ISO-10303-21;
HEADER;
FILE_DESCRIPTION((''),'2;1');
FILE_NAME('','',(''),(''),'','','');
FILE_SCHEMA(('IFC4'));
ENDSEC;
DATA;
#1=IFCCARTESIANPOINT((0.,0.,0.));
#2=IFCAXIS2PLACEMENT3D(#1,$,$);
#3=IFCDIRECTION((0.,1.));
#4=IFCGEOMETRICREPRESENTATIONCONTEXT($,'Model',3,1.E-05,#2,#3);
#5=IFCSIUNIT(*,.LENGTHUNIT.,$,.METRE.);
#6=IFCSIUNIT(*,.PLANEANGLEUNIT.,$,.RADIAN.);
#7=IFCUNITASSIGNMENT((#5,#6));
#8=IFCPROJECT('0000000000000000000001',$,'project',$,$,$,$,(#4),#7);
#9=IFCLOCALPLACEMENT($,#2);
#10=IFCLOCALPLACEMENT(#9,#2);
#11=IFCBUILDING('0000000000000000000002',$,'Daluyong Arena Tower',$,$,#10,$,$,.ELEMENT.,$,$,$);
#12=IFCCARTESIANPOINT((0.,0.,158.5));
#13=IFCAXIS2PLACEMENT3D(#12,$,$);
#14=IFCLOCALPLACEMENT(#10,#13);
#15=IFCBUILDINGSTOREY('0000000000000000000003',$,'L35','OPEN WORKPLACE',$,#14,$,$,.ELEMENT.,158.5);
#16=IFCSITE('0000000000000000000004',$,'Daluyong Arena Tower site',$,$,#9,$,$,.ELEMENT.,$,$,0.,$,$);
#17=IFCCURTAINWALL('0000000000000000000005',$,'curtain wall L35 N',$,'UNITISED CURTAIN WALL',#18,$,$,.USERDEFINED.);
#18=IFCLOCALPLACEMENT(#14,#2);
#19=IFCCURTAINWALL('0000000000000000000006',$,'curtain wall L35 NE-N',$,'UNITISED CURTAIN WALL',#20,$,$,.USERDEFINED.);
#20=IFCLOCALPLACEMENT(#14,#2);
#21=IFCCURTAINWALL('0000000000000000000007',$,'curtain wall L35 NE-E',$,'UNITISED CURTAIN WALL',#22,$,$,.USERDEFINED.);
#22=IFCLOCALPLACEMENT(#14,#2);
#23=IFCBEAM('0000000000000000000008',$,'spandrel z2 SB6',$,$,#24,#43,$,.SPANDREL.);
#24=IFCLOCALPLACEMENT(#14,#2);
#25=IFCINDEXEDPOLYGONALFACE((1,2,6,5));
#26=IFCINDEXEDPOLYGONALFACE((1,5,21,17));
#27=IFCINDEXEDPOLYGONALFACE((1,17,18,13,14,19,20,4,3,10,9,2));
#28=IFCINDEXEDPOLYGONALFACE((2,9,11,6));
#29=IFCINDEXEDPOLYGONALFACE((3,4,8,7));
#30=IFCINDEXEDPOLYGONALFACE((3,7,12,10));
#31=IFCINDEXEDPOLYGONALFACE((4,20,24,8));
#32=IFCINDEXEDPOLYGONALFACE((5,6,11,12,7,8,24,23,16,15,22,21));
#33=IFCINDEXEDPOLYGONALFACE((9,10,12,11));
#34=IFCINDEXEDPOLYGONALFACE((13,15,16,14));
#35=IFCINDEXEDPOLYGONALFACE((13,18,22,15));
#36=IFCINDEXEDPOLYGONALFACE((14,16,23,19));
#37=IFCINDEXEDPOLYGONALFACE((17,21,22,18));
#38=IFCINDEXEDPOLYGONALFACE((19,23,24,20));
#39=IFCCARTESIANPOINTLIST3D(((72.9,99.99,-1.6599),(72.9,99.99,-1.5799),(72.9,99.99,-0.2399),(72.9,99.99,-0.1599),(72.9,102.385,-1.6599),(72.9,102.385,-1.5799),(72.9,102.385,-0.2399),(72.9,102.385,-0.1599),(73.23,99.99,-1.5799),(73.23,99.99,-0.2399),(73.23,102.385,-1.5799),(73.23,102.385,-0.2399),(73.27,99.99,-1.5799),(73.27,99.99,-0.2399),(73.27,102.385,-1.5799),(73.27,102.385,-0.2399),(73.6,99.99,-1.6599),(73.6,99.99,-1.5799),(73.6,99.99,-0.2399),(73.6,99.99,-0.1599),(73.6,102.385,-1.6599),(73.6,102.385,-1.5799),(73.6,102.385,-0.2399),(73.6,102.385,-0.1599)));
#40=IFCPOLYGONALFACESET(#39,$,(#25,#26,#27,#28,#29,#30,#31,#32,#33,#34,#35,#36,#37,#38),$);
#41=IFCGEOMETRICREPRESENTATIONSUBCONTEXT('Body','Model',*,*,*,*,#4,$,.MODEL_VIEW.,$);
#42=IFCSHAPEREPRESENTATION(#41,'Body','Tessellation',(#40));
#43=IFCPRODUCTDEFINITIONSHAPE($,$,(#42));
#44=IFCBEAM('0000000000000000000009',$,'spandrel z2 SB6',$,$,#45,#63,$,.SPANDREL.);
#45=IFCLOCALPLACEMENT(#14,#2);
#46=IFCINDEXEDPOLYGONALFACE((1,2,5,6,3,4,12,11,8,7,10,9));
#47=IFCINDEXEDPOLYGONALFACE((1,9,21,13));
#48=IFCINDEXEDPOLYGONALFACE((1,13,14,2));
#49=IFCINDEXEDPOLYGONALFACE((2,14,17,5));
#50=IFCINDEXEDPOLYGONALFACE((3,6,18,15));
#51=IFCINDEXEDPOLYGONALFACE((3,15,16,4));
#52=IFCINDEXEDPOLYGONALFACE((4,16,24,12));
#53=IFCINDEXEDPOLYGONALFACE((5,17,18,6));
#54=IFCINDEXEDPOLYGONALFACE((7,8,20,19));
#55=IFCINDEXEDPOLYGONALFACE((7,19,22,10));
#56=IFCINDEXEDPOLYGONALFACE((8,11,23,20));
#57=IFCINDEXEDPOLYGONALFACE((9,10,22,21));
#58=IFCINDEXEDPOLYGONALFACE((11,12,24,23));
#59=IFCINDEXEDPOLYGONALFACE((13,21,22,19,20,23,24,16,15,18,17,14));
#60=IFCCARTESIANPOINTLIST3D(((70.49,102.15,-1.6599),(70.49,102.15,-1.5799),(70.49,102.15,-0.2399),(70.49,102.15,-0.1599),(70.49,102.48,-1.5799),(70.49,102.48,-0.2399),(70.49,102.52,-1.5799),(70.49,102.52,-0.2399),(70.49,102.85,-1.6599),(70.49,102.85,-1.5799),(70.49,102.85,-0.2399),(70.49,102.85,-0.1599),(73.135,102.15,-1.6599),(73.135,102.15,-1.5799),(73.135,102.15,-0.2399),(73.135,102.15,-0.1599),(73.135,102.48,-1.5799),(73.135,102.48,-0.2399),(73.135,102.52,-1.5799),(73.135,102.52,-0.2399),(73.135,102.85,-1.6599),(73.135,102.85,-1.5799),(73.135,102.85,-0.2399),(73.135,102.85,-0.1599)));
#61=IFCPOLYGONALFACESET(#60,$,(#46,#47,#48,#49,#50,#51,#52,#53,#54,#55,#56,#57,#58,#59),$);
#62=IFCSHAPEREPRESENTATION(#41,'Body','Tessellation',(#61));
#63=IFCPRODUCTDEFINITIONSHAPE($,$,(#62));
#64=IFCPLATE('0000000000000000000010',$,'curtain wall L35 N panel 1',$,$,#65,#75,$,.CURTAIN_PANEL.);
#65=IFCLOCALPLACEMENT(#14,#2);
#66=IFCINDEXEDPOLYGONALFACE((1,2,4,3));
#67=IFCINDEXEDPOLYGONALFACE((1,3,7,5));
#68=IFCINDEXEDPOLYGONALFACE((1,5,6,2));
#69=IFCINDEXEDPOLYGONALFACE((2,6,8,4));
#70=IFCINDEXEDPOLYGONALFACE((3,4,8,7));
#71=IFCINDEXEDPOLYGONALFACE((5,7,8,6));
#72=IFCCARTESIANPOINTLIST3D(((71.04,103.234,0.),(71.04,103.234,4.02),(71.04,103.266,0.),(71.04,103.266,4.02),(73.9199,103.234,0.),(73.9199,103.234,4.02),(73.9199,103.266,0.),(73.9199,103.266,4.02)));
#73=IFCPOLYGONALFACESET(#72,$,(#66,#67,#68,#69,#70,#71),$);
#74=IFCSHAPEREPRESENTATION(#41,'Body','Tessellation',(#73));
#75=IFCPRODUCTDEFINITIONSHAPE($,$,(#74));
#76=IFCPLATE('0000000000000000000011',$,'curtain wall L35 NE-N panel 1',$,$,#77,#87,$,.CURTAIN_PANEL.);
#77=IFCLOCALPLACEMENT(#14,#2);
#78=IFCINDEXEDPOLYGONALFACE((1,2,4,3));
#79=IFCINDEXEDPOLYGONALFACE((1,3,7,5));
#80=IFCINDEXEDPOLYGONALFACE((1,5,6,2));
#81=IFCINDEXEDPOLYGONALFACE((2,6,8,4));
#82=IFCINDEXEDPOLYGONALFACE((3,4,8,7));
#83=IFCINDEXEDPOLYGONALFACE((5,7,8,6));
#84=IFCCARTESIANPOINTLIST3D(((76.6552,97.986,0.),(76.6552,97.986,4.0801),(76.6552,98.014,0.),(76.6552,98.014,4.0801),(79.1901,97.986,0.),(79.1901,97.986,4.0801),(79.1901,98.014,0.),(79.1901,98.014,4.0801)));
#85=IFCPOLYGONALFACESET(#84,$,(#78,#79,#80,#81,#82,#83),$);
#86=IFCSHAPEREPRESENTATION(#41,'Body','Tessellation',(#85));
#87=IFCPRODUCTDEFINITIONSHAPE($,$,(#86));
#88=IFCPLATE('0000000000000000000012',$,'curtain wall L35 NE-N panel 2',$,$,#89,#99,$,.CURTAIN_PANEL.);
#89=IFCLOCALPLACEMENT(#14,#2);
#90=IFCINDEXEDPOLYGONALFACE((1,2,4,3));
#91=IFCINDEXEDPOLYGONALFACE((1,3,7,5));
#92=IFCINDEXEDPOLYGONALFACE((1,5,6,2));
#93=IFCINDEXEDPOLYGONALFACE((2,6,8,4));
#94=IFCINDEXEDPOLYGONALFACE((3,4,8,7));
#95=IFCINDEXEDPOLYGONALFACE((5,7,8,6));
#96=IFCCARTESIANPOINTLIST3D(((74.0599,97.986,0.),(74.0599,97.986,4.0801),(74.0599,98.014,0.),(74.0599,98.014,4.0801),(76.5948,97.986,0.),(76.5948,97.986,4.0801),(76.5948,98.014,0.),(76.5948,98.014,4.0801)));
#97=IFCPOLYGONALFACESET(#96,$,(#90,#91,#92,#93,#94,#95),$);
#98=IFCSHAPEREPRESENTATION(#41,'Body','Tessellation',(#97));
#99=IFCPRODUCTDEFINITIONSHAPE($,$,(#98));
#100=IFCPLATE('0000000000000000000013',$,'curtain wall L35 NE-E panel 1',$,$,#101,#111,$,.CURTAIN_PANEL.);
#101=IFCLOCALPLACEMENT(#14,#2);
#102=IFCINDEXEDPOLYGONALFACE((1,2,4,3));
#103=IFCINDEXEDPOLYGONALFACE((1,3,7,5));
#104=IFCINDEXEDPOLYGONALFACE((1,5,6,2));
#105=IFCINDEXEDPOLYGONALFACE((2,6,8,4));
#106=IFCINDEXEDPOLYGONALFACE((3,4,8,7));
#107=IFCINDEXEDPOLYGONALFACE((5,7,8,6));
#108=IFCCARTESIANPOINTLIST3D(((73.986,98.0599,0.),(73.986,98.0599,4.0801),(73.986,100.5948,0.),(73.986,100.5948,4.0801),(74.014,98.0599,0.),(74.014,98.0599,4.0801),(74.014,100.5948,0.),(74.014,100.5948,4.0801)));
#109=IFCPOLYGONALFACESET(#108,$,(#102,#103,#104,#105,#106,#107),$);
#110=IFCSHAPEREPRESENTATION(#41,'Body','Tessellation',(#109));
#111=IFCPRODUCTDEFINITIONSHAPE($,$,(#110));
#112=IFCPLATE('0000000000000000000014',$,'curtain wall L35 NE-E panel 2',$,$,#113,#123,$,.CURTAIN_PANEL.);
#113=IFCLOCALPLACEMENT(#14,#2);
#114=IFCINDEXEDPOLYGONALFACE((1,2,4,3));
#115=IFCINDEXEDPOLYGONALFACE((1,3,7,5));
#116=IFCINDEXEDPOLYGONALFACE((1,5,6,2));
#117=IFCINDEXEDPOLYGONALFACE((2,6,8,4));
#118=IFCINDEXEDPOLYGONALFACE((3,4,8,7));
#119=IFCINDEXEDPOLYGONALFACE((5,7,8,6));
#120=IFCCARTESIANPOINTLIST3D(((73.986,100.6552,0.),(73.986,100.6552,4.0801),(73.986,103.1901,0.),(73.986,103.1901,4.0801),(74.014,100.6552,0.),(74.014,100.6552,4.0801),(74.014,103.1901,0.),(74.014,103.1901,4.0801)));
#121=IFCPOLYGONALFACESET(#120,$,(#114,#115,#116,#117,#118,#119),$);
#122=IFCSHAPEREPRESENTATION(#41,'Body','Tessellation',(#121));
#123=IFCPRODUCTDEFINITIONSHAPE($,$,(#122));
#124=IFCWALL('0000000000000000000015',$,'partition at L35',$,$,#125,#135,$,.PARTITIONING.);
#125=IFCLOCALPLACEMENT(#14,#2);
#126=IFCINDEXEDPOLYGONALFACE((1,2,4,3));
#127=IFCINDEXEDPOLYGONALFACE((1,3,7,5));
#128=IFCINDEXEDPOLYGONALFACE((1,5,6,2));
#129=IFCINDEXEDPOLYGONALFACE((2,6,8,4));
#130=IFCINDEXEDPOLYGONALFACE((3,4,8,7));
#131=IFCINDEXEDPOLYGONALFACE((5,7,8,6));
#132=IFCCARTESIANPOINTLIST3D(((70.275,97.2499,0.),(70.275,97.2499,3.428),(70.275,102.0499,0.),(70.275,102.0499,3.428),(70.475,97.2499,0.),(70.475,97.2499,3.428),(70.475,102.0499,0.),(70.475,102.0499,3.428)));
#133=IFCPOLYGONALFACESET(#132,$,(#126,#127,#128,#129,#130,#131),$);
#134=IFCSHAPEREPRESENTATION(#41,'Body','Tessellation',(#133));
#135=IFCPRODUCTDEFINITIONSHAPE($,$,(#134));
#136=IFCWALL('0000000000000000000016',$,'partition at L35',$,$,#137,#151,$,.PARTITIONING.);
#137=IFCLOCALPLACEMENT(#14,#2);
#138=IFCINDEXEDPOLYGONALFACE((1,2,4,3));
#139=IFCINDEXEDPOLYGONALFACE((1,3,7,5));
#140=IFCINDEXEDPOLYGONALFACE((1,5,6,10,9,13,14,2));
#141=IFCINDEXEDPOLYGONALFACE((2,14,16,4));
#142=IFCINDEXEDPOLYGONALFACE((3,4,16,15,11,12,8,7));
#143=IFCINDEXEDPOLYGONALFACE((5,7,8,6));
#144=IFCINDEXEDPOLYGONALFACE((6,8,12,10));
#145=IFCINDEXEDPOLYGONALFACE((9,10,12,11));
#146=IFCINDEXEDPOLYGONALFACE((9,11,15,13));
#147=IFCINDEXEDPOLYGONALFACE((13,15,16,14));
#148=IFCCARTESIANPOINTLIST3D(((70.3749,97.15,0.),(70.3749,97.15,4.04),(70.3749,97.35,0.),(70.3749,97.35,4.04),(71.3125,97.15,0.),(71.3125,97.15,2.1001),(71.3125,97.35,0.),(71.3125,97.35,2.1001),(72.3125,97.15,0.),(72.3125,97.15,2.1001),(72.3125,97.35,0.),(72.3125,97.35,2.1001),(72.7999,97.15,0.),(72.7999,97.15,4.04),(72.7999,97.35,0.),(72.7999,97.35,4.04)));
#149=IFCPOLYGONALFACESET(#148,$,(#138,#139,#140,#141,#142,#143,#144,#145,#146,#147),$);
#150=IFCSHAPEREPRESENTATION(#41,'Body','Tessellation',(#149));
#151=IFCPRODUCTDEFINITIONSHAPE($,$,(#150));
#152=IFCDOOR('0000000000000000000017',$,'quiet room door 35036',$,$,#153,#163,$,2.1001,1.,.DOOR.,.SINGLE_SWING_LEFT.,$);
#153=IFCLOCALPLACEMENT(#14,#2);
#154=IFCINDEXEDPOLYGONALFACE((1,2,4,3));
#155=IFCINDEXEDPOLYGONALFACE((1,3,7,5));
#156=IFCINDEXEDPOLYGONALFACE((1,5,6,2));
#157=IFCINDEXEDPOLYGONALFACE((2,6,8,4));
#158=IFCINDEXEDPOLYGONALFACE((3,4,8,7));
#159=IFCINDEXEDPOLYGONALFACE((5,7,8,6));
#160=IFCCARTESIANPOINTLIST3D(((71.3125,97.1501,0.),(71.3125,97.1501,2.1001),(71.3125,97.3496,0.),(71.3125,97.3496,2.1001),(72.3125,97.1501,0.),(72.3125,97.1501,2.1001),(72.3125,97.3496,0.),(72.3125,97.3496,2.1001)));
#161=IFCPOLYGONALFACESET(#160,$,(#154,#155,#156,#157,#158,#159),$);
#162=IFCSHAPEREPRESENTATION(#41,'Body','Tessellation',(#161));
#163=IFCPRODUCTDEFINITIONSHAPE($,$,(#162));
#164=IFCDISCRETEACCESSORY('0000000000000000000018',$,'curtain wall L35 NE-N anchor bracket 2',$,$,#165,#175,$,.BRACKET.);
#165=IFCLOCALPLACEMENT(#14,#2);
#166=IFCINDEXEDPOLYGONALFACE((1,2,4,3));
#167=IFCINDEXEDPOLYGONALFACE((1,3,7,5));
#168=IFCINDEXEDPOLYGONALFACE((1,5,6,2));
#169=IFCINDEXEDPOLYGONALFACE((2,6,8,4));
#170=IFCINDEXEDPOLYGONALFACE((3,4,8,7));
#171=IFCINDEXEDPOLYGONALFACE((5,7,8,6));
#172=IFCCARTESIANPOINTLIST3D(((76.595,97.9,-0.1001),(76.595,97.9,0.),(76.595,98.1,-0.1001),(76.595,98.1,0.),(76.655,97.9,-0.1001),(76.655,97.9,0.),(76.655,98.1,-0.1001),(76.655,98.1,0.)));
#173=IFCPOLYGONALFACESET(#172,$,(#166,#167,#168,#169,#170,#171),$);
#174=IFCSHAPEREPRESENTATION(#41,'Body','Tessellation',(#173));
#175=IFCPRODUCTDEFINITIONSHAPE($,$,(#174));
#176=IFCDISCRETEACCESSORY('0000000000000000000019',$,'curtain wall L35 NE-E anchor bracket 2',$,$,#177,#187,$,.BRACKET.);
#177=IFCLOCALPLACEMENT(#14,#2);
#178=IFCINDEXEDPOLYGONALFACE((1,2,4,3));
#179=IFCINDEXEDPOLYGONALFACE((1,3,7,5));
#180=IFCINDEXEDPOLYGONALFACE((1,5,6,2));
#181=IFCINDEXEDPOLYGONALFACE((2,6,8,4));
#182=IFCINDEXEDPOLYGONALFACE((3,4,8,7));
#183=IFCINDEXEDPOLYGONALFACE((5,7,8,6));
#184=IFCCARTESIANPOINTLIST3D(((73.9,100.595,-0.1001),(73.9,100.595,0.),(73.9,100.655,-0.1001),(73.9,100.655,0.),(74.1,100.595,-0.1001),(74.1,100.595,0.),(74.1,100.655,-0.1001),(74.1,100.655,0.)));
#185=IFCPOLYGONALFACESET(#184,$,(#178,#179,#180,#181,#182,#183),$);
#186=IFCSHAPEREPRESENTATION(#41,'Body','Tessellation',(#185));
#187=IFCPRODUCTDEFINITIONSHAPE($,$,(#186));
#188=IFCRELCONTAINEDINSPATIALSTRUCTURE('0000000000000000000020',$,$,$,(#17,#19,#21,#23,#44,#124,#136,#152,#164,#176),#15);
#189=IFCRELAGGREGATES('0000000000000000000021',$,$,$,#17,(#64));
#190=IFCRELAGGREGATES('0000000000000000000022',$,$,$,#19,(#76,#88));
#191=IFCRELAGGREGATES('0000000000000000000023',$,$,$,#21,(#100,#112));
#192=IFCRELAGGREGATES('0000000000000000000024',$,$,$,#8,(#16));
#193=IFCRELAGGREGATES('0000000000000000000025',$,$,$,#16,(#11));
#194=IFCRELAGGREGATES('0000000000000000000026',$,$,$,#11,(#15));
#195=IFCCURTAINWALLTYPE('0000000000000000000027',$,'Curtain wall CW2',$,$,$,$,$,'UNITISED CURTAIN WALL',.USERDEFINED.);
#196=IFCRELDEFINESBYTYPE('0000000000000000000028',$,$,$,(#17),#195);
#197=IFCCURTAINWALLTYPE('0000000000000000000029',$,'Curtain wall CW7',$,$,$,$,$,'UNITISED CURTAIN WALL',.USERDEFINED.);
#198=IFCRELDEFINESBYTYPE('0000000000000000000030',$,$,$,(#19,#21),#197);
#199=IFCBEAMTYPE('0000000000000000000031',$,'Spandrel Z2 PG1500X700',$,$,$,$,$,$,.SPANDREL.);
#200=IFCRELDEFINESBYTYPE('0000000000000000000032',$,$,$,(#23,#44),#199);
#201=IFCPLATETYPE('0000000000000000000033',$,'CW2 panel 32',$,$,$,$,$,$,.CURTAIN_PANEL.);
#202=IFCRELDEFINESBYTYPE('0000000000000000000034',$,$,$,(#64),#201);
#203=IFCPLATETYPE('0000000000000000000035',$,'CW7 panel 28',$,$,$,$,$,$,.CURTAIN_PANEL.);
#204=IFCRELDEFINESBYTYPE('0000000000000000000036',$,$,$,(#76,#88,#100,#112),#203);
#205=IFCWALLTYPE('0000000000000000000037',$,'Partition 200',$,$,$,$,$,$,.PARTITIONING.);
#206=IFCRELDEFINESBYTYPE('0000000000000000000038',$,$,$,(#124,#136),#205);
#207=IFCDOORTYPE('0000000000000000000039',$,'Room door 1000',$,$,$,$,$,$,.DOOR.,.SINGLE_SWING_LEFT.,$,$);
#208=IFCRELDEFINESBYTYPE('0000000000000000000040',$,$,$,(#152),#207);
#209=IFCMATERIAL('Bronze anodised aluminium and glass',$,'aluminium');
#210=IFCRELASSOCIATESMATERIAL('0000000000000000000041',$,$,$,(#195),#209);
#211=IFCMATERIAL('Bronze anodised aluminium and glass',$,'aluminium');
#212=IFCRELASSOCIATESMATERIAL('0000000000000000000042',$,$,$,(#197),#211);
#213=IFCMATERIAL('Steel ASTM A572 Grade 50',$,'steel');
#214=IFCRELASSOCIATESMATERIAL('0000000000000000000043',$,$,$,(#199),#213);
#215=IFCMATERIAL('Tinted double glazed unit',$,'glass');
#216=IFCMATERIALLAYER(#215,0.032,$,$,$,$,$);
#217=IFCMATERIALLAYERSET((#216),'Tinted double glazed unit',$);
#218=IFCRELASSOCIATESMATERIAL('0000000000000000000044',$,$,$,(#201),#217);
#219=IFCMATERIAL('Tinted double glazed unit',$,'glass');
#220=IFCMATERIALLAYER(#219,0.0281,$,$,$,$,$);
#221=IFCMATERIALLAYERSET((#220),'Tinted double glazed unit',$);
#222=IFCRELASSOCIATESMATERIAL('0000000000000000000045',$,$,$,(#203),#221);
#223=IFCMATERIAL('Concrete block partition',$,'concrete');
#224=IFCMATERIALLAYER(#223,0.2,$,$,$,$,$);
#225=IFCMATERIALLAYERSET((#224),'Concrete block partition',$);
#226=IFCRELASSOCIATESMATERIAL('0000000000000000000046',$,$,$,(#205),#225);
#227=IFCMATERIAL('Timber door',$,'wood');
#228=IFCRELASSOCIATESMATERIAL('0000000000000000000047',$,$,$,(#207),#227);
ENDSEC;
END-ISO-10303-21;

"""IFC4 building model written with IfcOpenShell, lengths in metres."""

from ifc_helpers import new_model, si_unit, direction, frame, frame_2d, origin, origin_2d, place, context, subcontext, project, spatial, rectangle, i_section, extrude, material, layer, layer_set, material_profile, profile_set, type_object, element, fill, aggregate, save


model = new_model("IFC4")

# Units and contexts
model_context = context("Model", 3, precision=1e-05, world=origin(), true_north=direction((0.0, 1.0)))
body_context = subcontext(model_context, "Body", "Model", "MODEL_VIEW")
ifc_project = project(units=[si_unit("LENGTHUNIT", "METRE"), si_unit("PLANEANGLEUNIT", "RADIAN")], contexts=[model_context])

# Site, building, storey
site_placement = place(None, origin())
site = spatial("IfcSite", under=ifc_project, at=site_placement, Name="Daluyong Arena Tower site", CompositionType="ELEMENT", RefElevation=0.0)
building_placement = place(site_placement, origin())
building = spatial("IfcBuilding", under=site, at=building_placement, Name="Daluyong Arena Tower", CompositionType="ELEMENT")
storey_placement = place(building_placement, frame((0.0, 0.0, 158.5)))
storey = spatial("IfcBuildingStorey", under=building, at=storey_placement, Name="L35", Description="OPEN WORKPLACE", CompositionType="ELEMENT", Elevation=158.5)

# Shared definitions
ifc_material_1 = material(Name="Bronze anodised aluminium and glass", Category="aluminium")
curtain_wall_type_1 = type_object("IfcCurtainWallType", Name="Curtain wall CW2", ElementType="UNITISED CURTAIN WALL", PredefinedType="USERDEFINED", material=ifc_material_1)

# Curtain walls
curtain_wall_1_placement = place(storey_placement, origin())
curtain_wall_1 = element("IfcCurtainWall", 1, at=curtain_wall_1_placement, inside=storey, type_object=curtain_wall_type_1, Name="curtain wall L35 N", ObjectType="UNITISED CURTAIN WALL", PredefinedType="USERDEFINED")
ifc_material_2 = material(Name="Bronze anodised aluminium and glass", Category="aluminium")
curtain_wall_type_2 = type_object("IfcCurtainWallType", Name="Curtain wall CW7", ElementType="UNITISED CURTAIN WALL", PredefinedType="USERDEFINED", material=ifc_material_2)
curtain_wall_2_placement = place(storey_placement, origin())
curtain_wall_2 = element("IfcCurtainWall", 2, at=curtain_wall_2_placement, inside=storey, type_object=curtain_wall_type_2, Name="curtain wall L35 NE-N", ObjectType="UNITISED CURTAIN WALL", PredefinedType="USERDEFINED")
curtain_wall_3_placement = place(storey_placement, origin())
curtain_wall_3 = element("IfcCurtainWall", 3, at=curtain_wall_3_placement, inside=storey, type_object=curtain_wall_type_2, Name="curtain wall L35 NE-E", ObjectType="UNITISED CURTAIN WALL", PredefinedType="USERDEFINED")

# Beams
ifc_material_3 = material(Name="Steel ASTM A572 Grade 50", Category="steel")
ifc_material_profile_1 = material_profile(ifc_material_3, i_section(OverallWidth=0.7, OverallDepth=1.5, WebThickness=0.04, FlangeThickness=0.08, at=origin_2d()))
ifc_profile_set_1 = profile_set([ifc_material_profile_1], Name="Steel ASTM A572 Grade 50")
beam_type_1 = type_object("IfcBeamType", Name="Spandrel Z2 PG1500X700", PredefinedType="SPANDREL", material=ifc_profile_set_1)
for number, where, z_axis, x_axis, name in (
    (4, (73.25, 99.99, -0.9099), (0.0, 1.0, 0.0), (-1.0, 0.0, 0.0), "spandrel z2 SB6"),
):
    element("IfcBeam", number, at=place(storey_placement, frame(where, z_axis=z_axis, x_axis=x_axis)), inside=storey, type_object=beam_type_1, Name=name, PredefinedType="SPANDREL", context=body_context, shape_type="SweptSolid", body=[
        extrude(i_section(OverallWidth=0.7, OverallDepth=1.5, WebThickness=0.04, FlangeThickness=0.08, at=origin_2d()), origin(), (0.0, 0.0, 1.0), 2.395),
    ])
beam_1_placement = place(storey_placement, frame((73.135, 102.5, -0.9099), z_axis=(-1.0, 0.0, 0.0), x_axis=(0.0, -1.0, 0.0)))
element("IfcBeam", 5, at=beam_1_placement, inside=storey, type_object=beam_type_1, Name="spandrel z2 SB6", PredefinedType="SPANDREL", context=body_context, shape_type="SweptSolid", body=[
    extrude(i_section(OverallWidth=0.7, OverallDepth=1.5, WebThickness=0.04, FlangeThickness=0.08, at=origin_2d()), origin(), (0.0, 0.0, 1.0), 2.645),
])

# Plates
ifc_material_4 = material(Name="Tinted double glazed unit", Category="glass")
ifc_layer_1 = layer(ifc_material_4, 0.032)
ifc_layer_set_1 = layer_set([ifc_layer_1], Name="Tinted double glazed unit")
plate_type_1 = type_object("IfcPlateType", Name="CW2 panel 32", PredefinedType="CURTAIN_PANEL", material=ifc_layer_set_1)
plate_1_placement = place(storey_placement, frame((72.48, 103.25, 0.0), z_axis=(0.0, 0.0, 1.0), x_axis=(-1.0, 0.0, 0.0)))
plate_1 = element("IfcPlate", 6, at=plate_1_placement, type_object=plate_type_1, Name="curtain wall L35 N panel 1", PredefinedType="CURTAIN_PANEL", context=body_context, shape_type="SweptSolid", body=[
    extrude(rectangle(XDim=2.8799, YDim=0.032, at=origin_2d()), origin(), (0.0, 0.0, 1.0), 4.02),
])
aggregate(curtain_wall_1, [plate_1])
ifc_material_5 = material(Name="Tinted double glazed unit", Category="glass")
ifc_layer_2 = layer(ifc_material_5, 0.0281)
ifc_layer_set_2 = layer_set([ifc_layer_2], Name="Tinted double glazed unit")
plate_type_2 = type_object("IfcPlateType", Name="CW7 panel 28", PredefinedType="CURTAIN_PANEL", material=ifc_layer_set_2)
plate_2_placement = place(storey_placement, frame((77.9226, 98.0, 0.0), z_axis=(0.0, 0.0, 1.0), x_axis=(-1.0, 0.0, 0.0)))
plate_2 = element("IfcPlate", 7, at=plate_2_placement, type_object=plate_type_2, Name="curtain wall L35 NE-N panel 1", PredefinedType="CURTAIN_PANEL", context=body_context, shape_type="SweptSolid", body=[
    extrude(rectangle(XDim=2.5349, YDim=0.0281, at=origin_2d()), origin(), (0.0, 0.0, 1.0), 4.0801),
])
plate_3_placement = place(storey_placement, frame((75.3274, 98.0, 0.0), z_axis=(0.0, 0.0, 1.0), x_axis=(-1.0, 0.0, 0.0)))
plate_3 = element("IfcPlate", 8, at=plate_3_placement, type_object=plate_type_2, Name="curtain wall L35 NE-N panel 2", PredefinedType="CURTAIN_PANEL", context=body_context, shape_type="SweptSolid", body=[
    extrude(rectangle(XDim=2.5349, YDim=0.0281, at=origin_2d()), origin(), (0.0, 0.0, 1.0), 4.0801),
])
aggregate(curtain_wall_2, [plate_2, plate_3])
plate_4_placement = place(storey_placement, frame((74.0, 99.3274, 0.0), z_axis=(0.0, 0.0, 1.0), x_axis=(0.0, 1.0, 0.0)))
plate_4 = element("IfcPlate", 9, at=plate_4_placement, type_object=plate_type_2, Name="curtain wall L35 NE-E panel 1", PredefinedType="CURTAIN_PANEL", context=body_context, shape_type="SweptSolid", body=[
    extrude(rectangle(XDim=2.5349, YDim=0.0281, at=origin_2d()), origin(), (0.0, 0.0, 1.0), 4.0801),
])
plate_5_placement = place(storey_placement, frame((74.0, 101.9226, 0.0), z_axis=(0.0, 0.0, 1.0), x_axis=(0.0, 1.0, 0.0)))
plate_5 = element("IfcPlate", 10, at=plate_5_placement, type_object=plate_type_2, Name="curtain wall L35 NE-E panel 2", PredefinedType="CURTAIN_PANEL", context=body_context, shape_type="SweptSolid", body=[
    extrude(rectangle(XDim=2.5349, YDim=0.0281, at=origin_2d()), origin(), (0.0, 0.0, 1.0), 4.0801),
])
aggregate(curtain_wall_3, [plate_4, plate_5])

# Wall
ifc_material_6 = material(Name="Concrete block partition", Category="concrete")
ifc_layer_3 = layer(ifc_material_6, 0.2)
ifc_layer_set_3 = layer_set([ifc_layer_3], Name="Concrete block partition")
wall_type = type_object("IfcWallType", Name="Partition 200", PredefinedType="PARTITIONING", material=ifc_layer_set_3)
wall_1_placement = place(storey_placement, frame((70.375, 97.25, 0.0), z_axis=(0.0, 0.0, 1.0), x_axis=(0.0, 1.0, 0.0)))
element("IfcWall", 11, at=wall_1_placement, inside=storey, type_object=wall_type, Name="partition at L35", PredefinedType="PARTITIONING", context=body_context, shape_type="SweptSolid", body=[
    extrude(rectangle(XDim=4.8, YDim=0.2, at=frame_2d((2.3999, 0.0))), origin(), (0.0, 0.0, 1.0), 3.428),
])

# Wall, opening, door
wall_2_placement = place(storey_placement, frame((70.375, 97.25, 0.0), z_axis=(0.0, 0.0, 1.0), x_axis=(1.0, 0.0, 0.0)))
wall_2 = element("IfcWall", 12, at=wall_2_placement, inside=storey, type_object=wall_type, Name="partition at L35", PredefinedType="PARTITIONING", context=body_context, shape_type="SweptSolid", body=[
    extrude(rectangle(XDim=2.425, YDim=0.2, at=frame_2d((1.2124, 0.0))), origin(), (0.0, 0.0, 1.0), 4.04),
])
opening_placement = place(wall_2_placement, frame((0.9375, 0.0, 0.0)))
opening = element("IfcOpeningElement", 13, at=opening_placement, cuts=wall_2, PredefinedType="OPENING", context=body_context, shape_type="SweptSolid", body=[
    extrude(rectangle(XDim=1.0, YDim=2.1001, at=frame_2d((0.5, 1.05))), frame((0.0, 0.1099, 0.0), z_axis=(0.0, -1.0, 0.0), x_axis=(1.0, 0.0, 0.0)), (0.0, 0.0, 1.0), 0.22),
])
ifc_material_7 = material(Name="Timber door", Category="wood")
door_type = type_object("IfcDoorType", Name="Room door 1000", OperationType="SINGLE_SWING_LEFT", PredefinedType="DOOR", material=ifc_material_7)
door_placement = place(opening_placement, origin())
door = element("IfcDoor", 14, at=door_placement, inside=storey, type_object=door_type, Name="quiet room door 35036", OperationType="SINGLE_SWING_LEFT", OverallHeight=2.1001, OverallWidth=1.0, PredefinedType="DOOR", context=body_context, shape_type="SweptSolid", body=[
    extrude(rectangle(XDim=1.0, YDim=2.1001, at=frame_2d((0.5, 1.05))), frame((0.0, 0.0996, 0.0), z_axis=(0.0, -1.0, 0.0), x_axis=(1.0, 0.0, 0.0)), (0.0, 0.0, 1.0), 0.1995),
])
fill(opening, door)

# Discrete accessories
for number, where, z_axis, x_axis, name in (
    (15, (76.625, 98.0, -0.1001), (0.0, 0.0, 1.0), (-1.0, 0.0, 0.0), "curtain wall L35 NE-N anchor bracket 2"),
    (16, (74.0, 100.625, -0.1001), (0.0, 0.0, 1.0), (0.0, 1.0, 0.0), "curtain wall L35 NE-E anchor bracket 2"),
):
    element("IfcDiscreteAccessory", number, at=place(storey_placement, frame(where, z_axis=z_axis, x_axis=x_axis)), inside=storey, Name=name, PredefinedType="BRACKET", context=body_context, shape_type="SweptSolid", body=[
        extrude(rectangle(XDim=0.0601, YDim=0.2, at=origin_2d()), origin(), (0.0, 0.0, 1.0), 0.1001),
    ])

save(model, "model.ifc")
